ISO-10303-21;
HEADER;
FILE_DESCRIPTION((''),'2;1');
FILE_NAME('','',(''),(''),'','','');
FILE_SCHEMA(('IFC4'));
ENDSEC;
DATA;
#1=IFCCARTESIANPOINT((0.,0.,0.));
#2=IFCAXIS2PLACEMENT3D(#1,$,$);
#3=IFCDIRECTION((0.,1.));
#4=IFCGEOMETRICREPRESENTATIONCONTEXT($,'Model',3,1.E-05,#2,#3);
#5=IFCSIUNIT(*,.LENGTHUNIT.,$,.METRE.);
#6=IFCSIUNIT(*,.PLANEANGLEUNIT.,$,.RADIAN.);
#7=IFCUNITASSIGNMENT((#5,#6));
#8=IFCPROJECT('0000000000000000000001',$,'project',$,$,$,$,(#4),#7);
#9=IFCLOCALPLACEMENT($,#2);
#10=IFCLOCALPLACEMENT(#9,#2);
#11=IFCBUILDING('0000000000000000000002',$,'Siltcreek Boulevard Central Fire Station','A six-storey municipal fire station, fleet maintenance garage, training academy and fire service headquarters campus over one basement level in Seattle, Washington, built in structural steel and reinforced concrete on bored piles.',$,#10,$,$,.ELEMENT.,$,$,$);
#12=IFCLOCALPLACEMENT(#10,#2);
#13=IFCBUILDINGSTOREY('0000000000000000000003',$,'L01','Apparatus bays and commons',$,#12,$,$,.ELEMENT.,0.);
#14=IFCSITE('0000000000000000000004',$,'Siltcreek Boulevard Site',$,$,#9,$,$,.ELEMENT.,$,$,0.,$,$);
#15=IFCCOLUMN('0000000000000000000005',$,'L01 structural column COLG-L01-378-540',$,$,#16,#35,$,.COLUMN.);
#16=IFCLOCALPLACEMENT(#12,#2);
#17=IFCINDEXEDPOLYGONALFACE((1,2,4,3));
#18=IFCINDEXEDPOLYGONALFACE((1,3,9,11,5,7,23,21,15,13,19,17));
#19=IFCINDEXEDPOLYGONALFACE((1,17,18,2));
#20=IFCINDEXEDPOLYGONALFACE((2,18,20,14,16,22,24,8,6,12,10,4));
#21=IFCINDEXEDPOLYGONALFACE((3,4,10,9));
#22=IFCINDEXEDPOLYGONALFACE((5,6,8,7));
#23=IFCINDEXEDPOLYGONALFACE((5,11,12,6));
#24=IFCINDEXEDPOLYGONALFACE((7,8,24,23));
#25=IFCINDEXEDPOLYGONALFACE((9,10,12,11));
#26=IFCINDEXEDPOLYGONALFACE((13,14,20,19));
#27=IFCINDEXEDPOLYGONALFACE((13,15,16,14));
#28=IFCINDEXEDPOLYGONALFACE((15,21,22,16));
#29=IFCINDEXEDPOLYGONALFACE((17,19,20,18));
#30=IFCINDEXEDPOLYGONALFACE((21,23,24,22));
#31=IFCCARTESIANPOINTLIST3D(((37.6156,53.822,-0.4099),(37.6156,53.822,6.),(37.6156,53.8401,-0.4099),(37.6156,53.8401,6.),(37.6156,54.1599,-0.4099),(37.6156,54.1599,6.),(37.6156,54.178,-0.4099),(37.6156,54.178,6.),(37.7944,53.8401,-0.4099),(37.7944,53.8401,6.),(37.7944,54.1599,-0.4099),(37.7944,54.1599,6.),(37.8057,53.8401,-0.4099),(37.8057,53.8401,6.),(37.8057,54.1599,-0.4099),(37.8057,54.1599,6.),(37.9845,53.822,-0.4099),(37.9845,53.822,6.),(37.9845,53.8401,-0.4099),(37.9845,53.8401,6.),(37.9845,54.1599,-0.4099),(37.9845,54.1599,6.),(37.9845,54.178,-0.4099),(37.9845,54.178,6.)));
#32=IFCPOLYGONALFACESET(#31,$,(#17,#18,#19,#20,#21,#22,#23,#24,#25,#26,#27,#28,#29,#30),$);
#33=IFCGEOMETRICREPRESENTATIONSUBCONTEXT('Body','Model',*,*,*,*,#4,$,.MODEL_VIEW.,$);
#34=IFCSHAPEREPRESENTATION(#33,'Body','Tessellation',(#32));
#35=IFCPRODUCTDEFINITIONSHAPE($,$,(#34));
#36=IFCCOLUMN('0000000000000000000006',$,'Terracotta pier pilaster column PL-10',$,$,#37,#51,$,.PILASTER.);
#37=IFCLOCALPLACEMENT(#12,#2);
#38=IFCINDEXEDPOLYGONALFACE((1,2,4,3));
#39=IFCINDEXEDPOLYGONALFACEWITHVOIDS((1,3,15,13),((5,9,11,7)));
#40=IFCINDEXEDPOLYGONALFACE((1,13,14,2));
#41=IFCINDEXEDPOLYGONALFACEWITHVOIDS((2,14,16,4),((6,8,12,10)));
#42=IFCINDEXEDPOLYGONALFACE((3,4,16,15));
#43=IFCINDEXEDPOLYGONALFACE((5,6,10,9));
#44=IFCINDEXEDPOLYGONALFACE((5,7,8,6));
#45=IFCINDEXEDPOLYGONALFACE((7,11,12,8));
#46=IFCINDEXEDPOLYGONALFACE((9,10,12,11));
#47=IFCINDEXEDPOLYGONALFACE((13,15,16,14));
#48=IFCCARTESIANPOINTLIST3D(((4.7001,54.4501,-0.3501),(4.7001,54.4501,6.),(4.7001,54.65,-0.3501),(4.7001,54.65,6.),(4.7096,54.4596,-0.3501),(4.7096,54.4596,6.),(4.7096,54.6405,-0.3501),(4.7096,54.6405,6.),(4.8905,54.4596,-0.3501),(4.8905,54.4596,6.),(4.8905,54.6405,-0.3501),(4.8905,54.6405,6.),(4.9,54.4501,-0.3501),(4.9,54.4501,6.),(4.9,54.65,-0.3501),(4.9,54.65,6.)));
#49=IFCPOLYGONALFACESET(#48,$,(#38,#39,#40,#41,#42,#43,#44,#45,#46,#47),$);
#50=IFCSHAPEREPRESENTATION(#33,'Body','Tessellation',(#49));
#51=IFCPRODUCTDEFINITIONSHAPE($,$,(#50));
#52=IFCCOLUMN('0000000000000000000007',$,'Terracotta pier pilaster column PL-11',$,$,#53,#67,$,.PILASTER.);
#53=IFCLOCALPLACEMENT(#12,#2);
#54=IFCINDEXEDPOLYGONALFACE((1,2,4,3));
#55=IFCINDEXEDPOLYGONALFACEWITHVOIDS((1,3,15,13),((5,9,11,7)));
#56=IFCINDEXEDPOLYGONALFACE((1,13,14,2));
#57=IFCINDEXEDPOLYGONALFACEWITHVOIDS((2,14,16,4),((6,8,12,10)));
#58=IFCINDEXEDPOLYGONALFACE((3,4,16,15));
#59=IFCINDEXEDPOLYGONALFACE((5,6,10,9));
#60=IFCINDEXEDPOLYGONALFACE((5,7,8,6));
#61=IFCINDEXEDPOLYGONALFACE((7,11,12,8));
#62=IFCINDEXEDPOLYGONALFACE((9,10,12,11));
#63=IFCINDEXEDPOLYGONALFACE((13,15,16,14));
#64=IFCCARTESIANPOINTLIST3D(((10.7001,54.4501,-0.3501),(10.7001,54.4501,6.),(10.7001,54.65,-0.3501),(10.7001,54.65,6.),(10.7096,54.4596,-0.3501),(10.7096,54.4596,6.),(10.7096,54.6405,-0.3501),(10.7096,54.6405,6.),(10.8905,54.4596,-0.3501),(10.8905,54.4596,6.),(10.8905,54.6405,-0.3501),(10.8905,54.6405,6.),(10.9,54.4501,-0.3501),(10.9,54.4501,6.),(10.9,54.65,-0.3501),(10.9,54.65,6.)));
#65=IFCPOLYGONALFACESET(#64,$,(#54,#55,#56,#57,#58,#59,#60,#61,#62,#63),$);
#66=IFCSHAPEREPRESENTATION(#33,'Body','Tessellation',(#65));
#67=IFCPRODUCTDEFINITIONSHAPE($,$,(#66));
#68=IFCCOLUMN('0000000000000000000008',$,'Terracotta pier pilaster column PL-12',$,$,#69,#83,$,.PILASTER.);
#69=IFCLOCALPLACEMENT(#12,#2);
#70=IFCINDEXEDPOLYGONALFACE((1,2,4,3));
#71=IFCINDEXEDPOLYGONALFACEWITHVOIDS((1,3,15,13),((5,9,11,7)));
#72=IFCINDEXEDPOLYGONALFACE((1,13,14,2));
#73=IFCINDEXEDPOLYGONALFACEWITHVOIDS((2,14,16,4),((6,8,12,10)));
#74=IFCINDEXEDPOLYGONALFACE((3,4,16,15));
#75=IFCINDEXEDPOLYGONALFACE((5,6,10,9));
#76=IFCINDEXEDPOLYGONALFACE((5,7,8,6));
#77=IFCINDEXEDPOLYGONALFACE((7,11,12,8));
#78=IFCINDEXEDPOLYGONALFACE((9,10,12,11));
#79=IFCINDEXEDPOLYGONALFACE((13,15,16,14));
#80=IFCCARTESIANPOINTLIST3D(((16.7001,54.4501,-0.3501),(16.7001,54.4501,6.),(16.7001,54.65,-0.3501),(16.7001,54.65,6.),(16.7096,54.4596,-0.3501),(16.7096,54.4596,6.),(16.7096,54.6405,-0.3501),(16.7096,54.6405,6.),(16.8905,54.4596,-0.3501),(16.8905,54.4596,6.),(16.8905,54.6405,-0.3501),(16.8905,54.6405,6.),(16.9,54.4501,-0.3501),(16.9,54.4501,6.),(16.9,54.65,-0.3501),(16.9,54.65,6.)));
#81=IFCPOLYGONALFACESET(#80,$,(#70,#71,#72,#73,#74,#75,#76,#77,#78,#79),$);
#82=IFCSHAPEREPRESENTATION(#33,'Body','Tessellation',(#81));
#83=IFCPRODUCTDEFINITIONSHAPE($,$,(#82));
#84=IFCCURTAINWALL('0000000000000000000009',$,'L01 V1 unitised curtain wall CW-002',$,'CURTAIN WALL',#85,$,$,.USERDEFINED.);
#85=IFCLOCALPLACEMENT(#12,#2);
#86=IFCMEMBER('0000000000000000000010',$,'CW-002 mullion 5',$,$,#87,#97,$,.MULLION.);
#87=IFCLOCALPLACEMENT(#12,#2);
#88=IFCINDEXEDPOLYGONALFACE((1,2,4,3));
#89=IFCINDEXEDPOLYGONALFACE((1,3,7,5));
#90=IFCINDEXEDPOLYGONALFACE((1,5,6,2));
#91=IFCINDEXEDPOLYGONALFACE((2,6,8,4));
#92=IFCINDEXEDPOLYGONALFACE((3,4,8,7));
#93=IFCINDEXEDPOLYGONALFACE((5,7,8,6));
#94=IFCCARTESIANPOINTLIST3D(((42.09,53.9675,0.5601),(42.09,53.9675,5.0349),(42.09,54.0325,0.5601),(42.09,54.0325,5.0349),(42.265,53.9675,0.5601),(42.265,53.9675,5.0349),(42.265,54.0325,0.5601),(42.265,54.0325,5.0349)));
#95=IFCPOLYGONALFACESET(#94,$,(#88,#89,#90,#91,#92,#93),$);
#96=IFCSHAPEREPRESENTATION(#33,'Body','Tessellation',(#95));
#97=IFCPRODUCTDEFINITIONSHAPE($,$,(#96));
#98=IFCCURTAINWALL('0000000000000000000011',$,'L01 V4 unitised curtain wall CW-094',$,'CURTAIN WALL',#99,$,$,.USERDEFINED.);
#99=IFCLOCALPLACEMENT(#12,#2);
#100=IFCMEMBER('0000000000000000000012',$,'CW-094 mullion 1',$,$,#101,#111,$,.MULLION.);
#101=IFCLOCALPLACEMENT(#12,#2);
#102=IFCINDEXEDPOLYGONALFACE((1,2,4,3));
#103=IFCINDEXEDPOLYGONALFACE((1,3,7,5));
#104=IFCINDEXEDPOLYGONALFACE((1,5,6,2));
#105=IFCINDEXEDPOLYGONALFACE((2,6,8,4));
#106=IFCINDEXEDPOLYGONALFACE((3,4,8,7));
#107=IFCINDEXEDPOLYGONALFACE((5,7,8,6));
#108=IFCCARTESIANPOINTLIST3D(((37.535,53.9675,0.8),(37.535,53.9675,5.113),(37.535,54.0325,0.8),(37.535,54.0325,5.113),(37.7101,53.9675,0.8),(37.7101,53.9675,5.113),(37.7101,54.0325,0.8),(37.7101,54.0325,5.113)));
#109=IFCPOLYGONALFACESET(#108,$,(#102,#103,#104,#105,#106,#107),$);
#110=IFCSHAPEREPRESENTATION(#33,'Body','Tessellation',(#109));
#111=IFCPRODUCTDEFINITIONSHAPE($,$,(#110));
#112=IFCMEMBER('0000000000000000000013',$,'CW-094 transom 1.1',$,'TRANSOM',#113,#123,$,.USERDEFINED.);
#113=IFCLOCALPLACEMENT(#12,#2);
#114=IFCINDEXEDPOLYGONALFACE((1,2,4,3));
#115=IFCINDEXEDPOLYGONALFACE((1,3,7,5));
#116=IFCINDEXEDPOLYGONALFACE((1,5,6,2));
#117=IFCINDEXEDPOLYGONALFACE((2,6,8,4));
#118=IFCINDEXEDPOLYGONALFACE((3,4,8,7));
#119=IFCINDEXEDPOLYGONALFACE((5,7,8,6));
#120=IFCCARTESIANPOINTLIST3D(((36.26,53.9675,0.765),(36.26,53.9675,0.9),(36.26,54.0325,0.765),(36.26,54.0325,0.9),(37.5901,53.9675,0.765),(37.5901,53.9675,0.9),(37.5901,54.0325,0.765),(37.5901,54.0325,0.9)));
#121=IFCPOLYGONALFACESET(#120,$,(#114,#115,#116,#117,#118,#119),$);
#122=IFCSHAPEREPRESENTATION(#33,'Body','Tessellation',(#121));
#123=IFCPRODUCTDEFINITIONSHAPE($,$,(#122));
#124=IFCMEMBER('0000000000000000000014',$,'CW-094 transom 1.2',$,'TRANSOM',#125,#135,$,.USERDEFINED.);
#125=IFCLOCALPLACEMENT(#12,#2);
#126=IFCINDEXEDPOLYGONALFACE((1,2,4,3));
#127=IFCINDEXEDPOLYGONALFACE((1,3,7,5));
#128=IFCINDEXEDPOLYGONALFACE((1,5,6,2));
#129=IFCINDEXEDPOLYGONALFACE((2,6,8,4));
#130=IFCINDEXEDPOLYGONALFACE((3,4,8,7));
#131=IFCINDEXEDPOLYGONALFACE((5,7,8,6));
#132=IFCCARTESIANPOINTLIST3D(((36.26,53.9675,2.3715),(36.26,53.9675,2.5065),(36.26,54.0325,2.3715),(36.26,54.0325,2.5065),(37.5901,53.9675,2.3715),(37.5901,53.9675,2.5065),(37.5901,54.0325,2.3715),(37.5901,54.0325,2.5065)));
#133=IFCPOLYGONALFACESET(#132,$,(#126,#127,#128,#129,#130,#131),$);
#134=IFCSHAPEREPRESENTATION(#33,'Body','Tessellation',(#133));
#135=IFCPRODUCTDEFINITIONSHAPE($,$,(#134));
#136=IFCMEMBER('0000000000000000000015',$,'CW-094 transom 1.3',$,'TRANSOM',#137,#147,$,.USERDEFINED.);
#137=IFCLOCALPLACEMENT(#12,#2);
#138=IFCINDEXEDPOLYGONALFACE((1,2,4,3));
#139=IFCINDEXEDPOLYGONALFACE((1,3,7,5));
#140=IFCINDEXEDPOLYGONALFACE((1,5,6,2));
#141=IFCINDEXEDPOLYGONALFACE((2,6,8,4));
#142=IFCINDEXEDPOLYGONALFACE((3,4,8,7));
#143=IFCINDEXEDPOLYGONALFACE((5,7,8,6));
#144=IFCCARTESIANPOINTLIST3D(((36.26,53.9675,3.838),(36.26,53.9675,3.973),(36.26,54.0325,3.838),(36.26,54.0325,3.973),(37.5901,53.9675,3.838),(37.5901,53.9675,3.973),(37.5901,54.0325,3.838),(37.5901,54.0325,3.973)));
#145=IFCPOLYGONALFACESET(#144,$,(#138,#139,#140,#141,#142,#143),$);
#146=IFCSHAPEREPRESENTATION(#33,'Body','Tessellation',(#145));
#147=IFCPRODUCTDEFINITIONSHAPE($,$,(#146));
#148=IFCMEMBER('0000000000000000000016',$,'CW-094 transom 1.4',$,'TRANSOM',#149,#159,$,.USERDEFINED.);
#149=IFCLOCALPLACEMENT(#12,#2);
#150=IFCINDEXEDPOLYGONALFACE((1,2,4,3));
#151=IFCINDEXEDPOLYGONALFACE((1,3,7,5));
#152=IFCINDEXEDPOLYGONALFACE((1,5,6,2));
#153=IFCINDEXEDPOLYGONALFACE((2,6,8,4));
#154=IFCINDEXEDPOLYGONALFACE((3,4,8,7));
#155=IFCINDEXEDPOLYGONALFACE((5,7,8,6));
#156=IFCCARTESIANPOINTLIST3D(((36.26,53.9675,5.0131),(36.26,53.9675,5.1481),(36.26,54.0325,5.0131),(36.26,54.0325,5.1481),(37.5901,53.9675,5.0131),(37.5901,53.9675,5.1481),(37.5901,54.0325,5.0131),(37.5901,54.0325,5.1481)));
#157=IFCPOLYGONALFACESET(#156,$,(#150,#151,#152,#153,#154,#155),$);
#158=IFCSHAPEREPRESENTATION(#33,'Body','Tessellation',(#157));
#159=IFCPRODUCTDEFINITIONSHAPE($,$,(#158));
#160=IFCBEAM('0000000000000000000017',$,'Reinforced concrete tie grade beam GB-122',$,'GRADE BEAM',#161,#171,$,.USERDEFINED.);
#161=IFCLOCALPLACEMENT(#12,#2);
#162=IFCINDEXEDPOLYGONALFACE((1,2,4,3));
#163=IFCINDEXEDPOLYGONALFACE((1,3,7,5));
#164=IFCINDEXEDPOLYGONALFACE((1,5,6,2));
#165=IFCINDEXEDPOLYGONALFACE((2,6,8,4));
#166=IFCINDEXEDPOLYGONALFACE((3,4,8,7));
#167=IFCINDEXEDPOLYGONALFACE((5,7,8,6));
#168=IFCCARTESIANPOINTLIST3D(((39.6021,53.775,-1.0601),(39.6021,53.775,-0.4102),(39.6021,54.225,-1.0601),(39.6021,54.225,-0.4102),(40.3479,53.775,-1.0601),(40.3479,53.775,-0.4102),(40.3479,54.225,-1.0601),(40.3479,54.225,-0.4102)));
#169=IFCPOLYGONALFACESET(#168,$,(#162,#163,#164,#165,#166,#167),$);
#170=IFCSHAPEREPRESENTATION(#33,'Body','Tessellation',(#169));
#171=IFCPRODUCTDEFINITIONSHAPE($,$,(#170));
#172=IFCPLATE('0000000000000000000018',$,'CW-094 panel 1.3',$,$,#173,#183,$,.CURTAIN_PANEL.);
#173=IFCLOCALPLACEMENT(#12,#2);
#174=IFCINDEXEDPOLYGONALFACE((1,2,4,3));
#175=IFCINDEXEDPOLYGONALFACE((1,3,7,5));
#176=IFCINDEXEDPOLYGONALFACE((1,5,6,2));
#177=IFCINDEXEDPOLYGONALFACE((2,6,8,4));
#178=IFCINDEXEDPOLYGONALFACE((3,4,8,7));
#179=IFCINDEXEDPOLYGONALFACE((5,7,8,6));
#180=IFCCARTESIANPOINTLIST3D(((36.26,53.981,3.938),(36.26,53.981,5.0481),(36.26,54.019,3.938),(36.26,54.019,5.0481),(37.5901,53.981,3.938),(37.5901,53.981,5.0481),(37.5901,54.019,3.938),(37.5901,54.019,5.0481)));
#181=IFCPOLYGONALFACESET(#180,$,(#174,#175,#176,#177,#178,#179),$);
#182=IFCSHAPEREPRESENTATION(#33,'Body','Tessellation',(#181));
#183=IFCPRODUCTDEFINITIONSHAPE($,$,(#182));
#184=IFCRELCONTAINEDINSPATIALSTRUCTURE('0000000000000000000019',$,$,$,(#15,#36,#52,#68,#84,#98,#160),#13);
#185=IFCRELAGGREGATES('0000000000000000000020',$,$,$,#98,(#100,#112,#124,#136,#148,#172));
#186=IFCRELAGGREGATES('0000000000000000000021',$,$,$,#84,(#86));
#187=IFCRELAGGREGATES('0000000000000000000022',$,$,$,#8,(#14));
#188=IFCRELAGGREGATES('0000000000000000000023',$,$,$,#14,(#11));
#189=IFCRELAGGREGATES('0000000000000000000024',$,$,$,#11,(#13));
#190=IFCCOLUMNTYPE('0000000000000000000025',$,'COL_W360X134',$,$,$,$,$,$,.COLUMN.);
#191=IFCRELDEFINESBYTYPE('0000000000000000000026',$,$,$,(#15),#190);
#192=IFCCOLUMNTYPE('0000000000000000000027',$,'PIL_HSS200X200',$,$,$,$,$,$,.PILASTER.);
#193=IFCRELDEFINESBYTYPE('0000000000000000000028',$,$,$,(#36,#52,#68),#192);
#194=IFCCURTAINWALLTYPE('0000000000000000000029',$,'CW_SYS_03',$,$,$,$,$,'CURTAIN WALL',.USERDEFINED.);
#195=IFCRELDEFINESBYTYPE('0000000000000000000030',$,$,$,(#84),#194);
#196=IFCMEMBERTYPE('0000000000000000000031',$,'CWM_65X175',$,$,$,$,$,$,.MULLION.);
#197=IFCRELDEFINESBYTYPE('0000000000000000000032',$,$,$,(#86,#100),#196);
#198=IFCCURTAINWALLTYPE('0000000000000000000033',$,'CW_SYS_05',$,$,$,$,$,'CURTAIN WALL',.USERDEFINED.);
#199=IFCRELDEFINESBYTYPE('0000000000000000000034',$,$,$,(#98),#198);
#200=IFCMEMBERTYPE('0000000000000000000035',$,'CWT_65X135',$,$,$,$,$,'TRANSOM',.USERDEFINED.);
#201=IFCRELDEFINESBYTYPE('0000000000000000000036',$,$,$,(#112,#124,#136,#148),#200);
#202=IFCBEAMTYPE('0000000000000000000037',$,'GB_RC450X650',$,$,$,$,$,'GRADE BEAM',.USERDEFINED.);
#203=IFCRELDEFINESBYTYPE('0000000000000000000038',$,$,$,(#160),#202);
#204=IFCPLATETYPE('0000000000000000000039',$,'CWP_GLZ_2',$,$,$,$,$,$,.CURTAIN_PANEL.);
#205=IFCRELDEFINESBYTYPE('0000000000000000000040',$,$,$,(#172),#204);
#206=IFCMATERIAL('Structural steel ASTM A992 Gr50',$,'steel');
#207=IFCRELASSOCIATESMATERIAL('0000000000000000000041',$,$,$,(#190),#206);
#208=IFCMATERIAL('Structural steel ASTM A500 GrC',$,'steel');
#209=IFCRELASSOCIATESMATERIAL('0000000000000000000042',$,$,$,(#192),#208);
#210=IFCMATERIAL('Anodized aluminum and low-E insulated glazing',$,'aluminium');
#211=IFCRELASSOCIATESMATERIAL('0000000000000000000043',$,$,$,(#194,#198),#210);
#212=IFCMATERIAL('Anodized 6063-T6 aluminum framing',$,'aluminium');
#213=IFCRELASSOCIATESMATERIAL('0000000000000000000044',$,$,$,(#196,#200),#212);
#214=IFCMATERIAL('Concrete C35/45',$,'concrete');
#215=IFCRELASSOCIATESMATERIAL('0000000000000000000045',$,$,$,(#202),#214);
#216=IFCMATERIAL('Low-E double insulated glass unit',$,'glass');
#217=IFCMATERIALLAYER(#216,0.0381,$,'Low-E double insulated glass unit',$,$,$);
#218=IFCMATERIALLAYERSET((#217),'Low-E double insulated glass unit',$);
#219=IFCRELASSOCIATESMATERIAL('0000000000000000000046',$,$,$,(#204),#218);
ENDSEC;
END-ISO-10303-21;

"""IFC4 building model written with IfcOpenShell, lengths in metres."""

from ifc_helpers import new_model, si_unit, direction, frame, origin, origin_2d, place, context, subcontext, project, spatial, rectangle, hollow_rectangle, i_section, extrude, material, layer, layer_set, material_profile, profile_set, type_object, element, aggregate, save


model = new_model("IFC4")

# Units and contexts
model_context = context("Model", 3, precision=1e-05, world=origin(), true_north=direction((0.0, 1.0)))
body_context = subcontext(model_context, "Body", "Model", "MODEL_VIEW")
ifc_project = project(units=[si_unit("LENGTHUNIT", "METRE"), si_unit("PLANEANGLEUNIT", "RADIAN")], contexts=[model_context])

# Site, building, storey
site_placement = place(None, origin())
site = spatial("IfcSite", under=ifc_project, at=site_placement, Name="Siltcreek Boulevard Site", CompositionType="ELEMENT", RefElevation=0.0)
building_placement = place(site_placement, origin())
building = spatial("IfcBuilding", under=site, at=building_placement, Name="Siltcreek Boulevard Central Fire Station", Description="A six-storey municipal fire station, fleet maintenance garage, training academy and fire service headquarters campus over one basement level in Seattle, Washington, built in structural steel and reinforced concrete on bored piles.", CompositionType="ELEMENT")
storey_placement = place(building_placement, origin())
storey = spatial("IfcBuildingStorey", under=building, at=storey_placement, Name="L01", Description="Apparatus bays and commons", CompositionType="ELEMENT", Elevation=0.0)

# Shared definitions
ifc_material_1 = material(Name="Concrete C35/45", Category="concrete")

# Columns
ifc_material_2 = material(Name="Structural steel ASTM A992 Gr50", Category="steel")
ifc_material_profile_1 = material_profile(ifc_material_2, i_section(OverallWidth=0.3689, OverallDepth=0.356, WebThickness=0.0112, FlangeThickness=0.0181, at=origin_2d()), Name="W360X134")
ifc_profile_set_1 = profile_set([ifc_material_profile_1], Name="Structural steel ASTM A992 Gr50")
column_type_1 = type_object("IfcColumnType", Name="COL_W360X134", PredefinedType="COLUMN", material=ifc_profile_set_1)
for number, where, z_axis, x_axis, name in (
    (1, (37.8, 54.0, -0.4099), (0.0, 0.0, 1.0), (1.0, 0.0, 0.0), "L01 structural column COLG-L01-378-540"),
):
    element("IfcColumn", number, at=place(storey_placement, frame(where, z_axis=z_axis, x_axis=x_axis)), inside=storey, type_object=column_type_1, Name=name, PredefinedType="COLUMN", context=body_context, shape_type="SweptSolid", body=[
        extrude(i_section(OverallWidth=0.3689, OverallDepth=0.356, WebThickness=0.0112, FlangeThickness=0.0181, at=origin_2d()), origin(), (0.0, 0.0, 1.0), 6.4099),
    ])
ifc_material_3 = material(Name="Structural steel ASTM A500 GrC", Category="steel")
ifc_material_profile_2 = material_profile(ifc_material_3, hollow_rectangle(XDim=0.2, YDim=0.2, WallThickness=0.0095, at=origin_2d()), Name="HSS200X200X9.5")
ifc_profile_set_2 = profile_set([ifc_material_profile_2], Name="Structural steel ASTM A500 GrC")
column_type_2 = type_object("IfcColumnType", Name="PIL_HSS200X200", PredefinedType="PILASTER", material=ifc_profile_set_2)
for number, where, z_axis, x_axis, name in (
    (2, (4.8, 54.55, -0.3501), (0.0, 0.0, 1.0), (1.0, 0.0, 0.0), "Terracotta pier pilaster column PL-10"),
    (3, (10.8, 54.55, -0.3501), (0.0, 0.0, 1.0), (1.0, 0.0, 0.0), "Terracotta pier pilaster column PL-11"),
    (4, (16.8, 54.55, -0.3501), (0.0, 0.0, 1.0), (1.0, 0.0, 0.0), "Terracotta pier pilaster column PL-12"),
):
    element("IfcColumn", number, at=place(storey_placement, frame(where, z_axis=z_axis, x_axis=x_axis)), inside=storey, type_object=column_type_2, Name=name, PredefinedType="PILASTER", context=body_context, shape_type="SweptSolid", body=[
        extrude(hollow_rectangle(XDim=0.2, YDim=0.2, WallThickness=0.0095, at=origin_2d()), origin(), (0.0, 0.0, 1.0), 6.3501),
    ])

# Curtain wall, member
ifc_material_4 = material(Name="Anodized aluminum and low-E insulated glazing", Category="aluminium")
curtain_wall_type_1 = type_object("IfcCurtainWallType", Name="CW_SYS_03", ElementType="CURTAIN WALL", PredefinedType="USERDEFINED", material=ifc_material_4)
curtain_wall_1_placement = place(storey_placement, origin())
curtain_wall_1 = element("IfcCurtainWall", 5, at=curtain_wall_1_placement, inside=storey, type_object=curtain_wall_type_1, Name="L01 V1 unitised curtain wall CW-002", ObjectType="CURTAIN WALL", PredefinedType="USERDEFINED")
ifc_material_5 = material(Name="Anodized 6063-T6 aluminum framing", Category="aluminium")
ifc_material_profile_3 = material_profile(ifc_material_5, rectangle(XDim=0.0649, YDim=0.175, at=origin_2d()), Name="MULL65X175")
ifc_profile_set_3 = profile_set([ifc_material_profile_3], Name="Anodized 6063-T6 aluminum framing")
member_type_1 = type_object("IfcMemberType", Name="CWM_65X175", PredefinedType="MULLION", material=ifc_profile_set_3)
member_1_placement = place(storey_placement, frame((42.1775, 54.0, 0.5601), z_axis=(0.0, 0.0, 1.0), x_axis=(0.0, -1.0, 0.0)))
member_1 = element("IfcMember", 6, at=member_1_placement, type_object=member_type_1, Name="CW-002 mullion 5", PredefinedType="MULLION", context=body_context, shape_type="SweptSolid", body=[
    extrude(rectangle(XDim=0.0649, YDim=0.175, at=origin_2d()), origin(), (0.0, 0.0, 1.0), 4.4749),
])

# Curtain wall, members
curtain_wall_type_2 = type_object("IfcCurtainWallType", Name="CW_SYS_05", ElementType="CURTAIN WALL", PredefinedType="USERDEFINED", material=ifc_material_4)
curtain_wall_2_placement = place(storey_placement, origin())
curtain_wall_2 = element("IfcCurtainWall", 7, at=curtain_wall_2_placement, inside=storey, type_object=curtain_wall_type_2, Name="L01 V4 unitised curtain wall CW-094", ObjectType="CURTAIN WALL", PredefinedType="USERDEFINED")
member_2_placement = place(storey_placement, frame((37.6226, 54.0, 0.8), z_axis=(0.0, 0.0, 1.0), x_axis=(0.0, -1.0, 0.0)))
member_2 = element("IfcMember", 8, at=member_2_placement, type_object=member_type_1, Name="CW-094 mullion 1", PredefinedType="MULLION", context=body_context, shape_type="SweptSolid", body=[
    extrude(rectangle(XDim=0.0649, YDim=0.175, at=origin_2d()), origin(), (0.0, 0.0, 1.0), 4.313),
])
ifc_material_profile_4 = material_profile(ifc_material_5, rectangle(XDim=0.0649, YDim=0.135, at=origin_2d()), Name="TRAN65X135")
ifc_profile_set_4 = profile_set([ifc_material_profile_4], Name="Anodized 6063-T6 aluminum framing")
member_type_2 = type_object("IfcMemberType", Name="CWT_65X135", ElementType="TRANSOM", PredefinedType="USERDEFINED", material=ifc_profile_set_4)
member_3_placement = place(storey_placement, frame((37.5901, 54.0, 0.8325), z_axis=(-1.0, 0.0, 0.0), x_axis=(0.0, -1.0, 0.0)))
member_3 = element("IfcMember", 9, at=member_3_placement, type_object=member_type_2, Name="CW-094 transom 1.1", ObjectType="TRANSOM", PredefinedType="USERDEFINED", context=body_context, shape_type="SweptSolid", body=[
    extrude(rectangle(XDim=0.0649, YDim=0.135, at=origin_2d()), origin(), (0.0, 0.0, 1.0), 1.3301),
])
member_4_placement = place(storey_placement, frame((37.5901, 54.0, 2.439), z_axis=(-1.0, 0.0, 0.0), x_axis=(0.0, -1.0, 0.0)))
member_4 = element("IfcMember", 10, at=member_4_placement, type_object=member_type_2, Name="CW-094 transom 1.2", ObjectType="TRANSOM", PredefinedType="USERDEFINED", context=body_context, shape_type="SweptSolid", body=[
    extrude(rectangle(XDim=0.0649, YDim=0.135, at=origin_2d()), origin(), (0.0, 0.0, 1.0), 1.3301),
])
member_5_placement = place(storey_placement, frame((37.5901, 54.0, 3.9055), z_axis=(-1.0, 0.0, 0.0), x_axis=(0.0, -1.0, 0.0)))
member_5 = element("IfcMember", 11, at=member_5_placement, type_object=member_type_2, Name="CW-094 transom 1.3", ObjectType="TRANSOM", PredefinedType="USERDEFINED", context=body_context, shape_type="SweptSolid", body=[
    extrude(rectangle(XDim=0.0649, YDim=0.135, at=origin_2d()), origin(), (0.0, 0.0, 1.0), 1.3301),
])
member_6_placement = place(storey_placement, frame((37.5901, 54.0, 5.0806), z_axis=(-1.0, 0.0, 0.0), x_axis=(0.0, -1.0, 0.0)))
member_6 = element("IfcMember", 12, at=member_6_placement, type_object=member_type_2, Name="CW-094 transom 1.4", ObjectType="TRANSOM", PredefinedType="USERDEFINED", context=body_context, shape_type="SweptSolid", body=[
    extrude(rectangle(XDim=0.0649, YDim=0.135, at=origin_2d()), origin(), (0.0, 0.0, 1.0), 1.3301),
])

# Beam
ifc_material_profile_5 = material_profile(ifc_material_1, rectangle(XDim=0.45, YDim=0.6499, at=origin_2d()), Name="RC450X650")
ifc_profile_set_5 = profile_set([ifc_material_profile_5], Name="Concrete C35/45")
beam_type = type_object("IfcBeamType", Name="GB_RC450X650", ElementType="GRADE BEAM", PredefinedType="USERDEFINED", material=ifc_profile_set_5)
beam_placement = place(storey_placement, frame((39.6021, 54.0, -0.7351), z_axis=(1.0, 0.0, 0.0), x_axis=(0.0, 1.0, 0.0)))
element("IfcBeam", 13, at=beam_placement, inside=storey, type_object=beam_type, Name="Reinforced concrete tie grade beam GB-122", ObjectType="GRADE BEAM", PredefinedType="USERDEFINED", context=body_context, shape_type="SweptSolid", body=[
    extrude(rectangle(XDim=0.45, YDim=0.6499, at=origin_2d()), origin(), (0.0, 0.0, 1.0), 0.7458),
])

# Plate
ifc_material_6 = material(Name="Low-E double insulated glass unit", Category="glass")
ifc_layer_1 = layer(ifc_material_6, 0.0381, Name="Low-E double insulated glass unit")
ifc_layer_set_1 = layer_set([ifc_layer_1], Name="Low-E double insulated glass unit")
plate_type_1 = type_object("IfcPlateType", Name="CWP_GLZ_2", PredefinedType="CURTAIN_PANEL", material=ifc_layer_set_1)
plate_1_placement = place(storey_placement, frame((36.925, 54.0, 3.938), z_axis=(0.0, 0.0, 1.0), x_axis=(-1.0, 0.0, 0.0)))
plate_1 = element("IfcPlate", 14, at=plate_1_placement, type_object=plate_type_1, Name="CW-094 panel 1.3", PredefinedType="CURTAIN_PANEL", context=body_context, shape_type="SweptSolid", body=[
    extrude(rectangle(XDim=1.3301, YDim=0.0381, at=origin_2d()), origin(), (0.0, 0.0, 1.0), 1.1101),
])
aggregate(curtain_wall_2, [member_2, member_3, member_4, member_5, member_6, plate_1])
aggregate(curtain_wall_1, [member_1])

save(model, "model.ifc")
